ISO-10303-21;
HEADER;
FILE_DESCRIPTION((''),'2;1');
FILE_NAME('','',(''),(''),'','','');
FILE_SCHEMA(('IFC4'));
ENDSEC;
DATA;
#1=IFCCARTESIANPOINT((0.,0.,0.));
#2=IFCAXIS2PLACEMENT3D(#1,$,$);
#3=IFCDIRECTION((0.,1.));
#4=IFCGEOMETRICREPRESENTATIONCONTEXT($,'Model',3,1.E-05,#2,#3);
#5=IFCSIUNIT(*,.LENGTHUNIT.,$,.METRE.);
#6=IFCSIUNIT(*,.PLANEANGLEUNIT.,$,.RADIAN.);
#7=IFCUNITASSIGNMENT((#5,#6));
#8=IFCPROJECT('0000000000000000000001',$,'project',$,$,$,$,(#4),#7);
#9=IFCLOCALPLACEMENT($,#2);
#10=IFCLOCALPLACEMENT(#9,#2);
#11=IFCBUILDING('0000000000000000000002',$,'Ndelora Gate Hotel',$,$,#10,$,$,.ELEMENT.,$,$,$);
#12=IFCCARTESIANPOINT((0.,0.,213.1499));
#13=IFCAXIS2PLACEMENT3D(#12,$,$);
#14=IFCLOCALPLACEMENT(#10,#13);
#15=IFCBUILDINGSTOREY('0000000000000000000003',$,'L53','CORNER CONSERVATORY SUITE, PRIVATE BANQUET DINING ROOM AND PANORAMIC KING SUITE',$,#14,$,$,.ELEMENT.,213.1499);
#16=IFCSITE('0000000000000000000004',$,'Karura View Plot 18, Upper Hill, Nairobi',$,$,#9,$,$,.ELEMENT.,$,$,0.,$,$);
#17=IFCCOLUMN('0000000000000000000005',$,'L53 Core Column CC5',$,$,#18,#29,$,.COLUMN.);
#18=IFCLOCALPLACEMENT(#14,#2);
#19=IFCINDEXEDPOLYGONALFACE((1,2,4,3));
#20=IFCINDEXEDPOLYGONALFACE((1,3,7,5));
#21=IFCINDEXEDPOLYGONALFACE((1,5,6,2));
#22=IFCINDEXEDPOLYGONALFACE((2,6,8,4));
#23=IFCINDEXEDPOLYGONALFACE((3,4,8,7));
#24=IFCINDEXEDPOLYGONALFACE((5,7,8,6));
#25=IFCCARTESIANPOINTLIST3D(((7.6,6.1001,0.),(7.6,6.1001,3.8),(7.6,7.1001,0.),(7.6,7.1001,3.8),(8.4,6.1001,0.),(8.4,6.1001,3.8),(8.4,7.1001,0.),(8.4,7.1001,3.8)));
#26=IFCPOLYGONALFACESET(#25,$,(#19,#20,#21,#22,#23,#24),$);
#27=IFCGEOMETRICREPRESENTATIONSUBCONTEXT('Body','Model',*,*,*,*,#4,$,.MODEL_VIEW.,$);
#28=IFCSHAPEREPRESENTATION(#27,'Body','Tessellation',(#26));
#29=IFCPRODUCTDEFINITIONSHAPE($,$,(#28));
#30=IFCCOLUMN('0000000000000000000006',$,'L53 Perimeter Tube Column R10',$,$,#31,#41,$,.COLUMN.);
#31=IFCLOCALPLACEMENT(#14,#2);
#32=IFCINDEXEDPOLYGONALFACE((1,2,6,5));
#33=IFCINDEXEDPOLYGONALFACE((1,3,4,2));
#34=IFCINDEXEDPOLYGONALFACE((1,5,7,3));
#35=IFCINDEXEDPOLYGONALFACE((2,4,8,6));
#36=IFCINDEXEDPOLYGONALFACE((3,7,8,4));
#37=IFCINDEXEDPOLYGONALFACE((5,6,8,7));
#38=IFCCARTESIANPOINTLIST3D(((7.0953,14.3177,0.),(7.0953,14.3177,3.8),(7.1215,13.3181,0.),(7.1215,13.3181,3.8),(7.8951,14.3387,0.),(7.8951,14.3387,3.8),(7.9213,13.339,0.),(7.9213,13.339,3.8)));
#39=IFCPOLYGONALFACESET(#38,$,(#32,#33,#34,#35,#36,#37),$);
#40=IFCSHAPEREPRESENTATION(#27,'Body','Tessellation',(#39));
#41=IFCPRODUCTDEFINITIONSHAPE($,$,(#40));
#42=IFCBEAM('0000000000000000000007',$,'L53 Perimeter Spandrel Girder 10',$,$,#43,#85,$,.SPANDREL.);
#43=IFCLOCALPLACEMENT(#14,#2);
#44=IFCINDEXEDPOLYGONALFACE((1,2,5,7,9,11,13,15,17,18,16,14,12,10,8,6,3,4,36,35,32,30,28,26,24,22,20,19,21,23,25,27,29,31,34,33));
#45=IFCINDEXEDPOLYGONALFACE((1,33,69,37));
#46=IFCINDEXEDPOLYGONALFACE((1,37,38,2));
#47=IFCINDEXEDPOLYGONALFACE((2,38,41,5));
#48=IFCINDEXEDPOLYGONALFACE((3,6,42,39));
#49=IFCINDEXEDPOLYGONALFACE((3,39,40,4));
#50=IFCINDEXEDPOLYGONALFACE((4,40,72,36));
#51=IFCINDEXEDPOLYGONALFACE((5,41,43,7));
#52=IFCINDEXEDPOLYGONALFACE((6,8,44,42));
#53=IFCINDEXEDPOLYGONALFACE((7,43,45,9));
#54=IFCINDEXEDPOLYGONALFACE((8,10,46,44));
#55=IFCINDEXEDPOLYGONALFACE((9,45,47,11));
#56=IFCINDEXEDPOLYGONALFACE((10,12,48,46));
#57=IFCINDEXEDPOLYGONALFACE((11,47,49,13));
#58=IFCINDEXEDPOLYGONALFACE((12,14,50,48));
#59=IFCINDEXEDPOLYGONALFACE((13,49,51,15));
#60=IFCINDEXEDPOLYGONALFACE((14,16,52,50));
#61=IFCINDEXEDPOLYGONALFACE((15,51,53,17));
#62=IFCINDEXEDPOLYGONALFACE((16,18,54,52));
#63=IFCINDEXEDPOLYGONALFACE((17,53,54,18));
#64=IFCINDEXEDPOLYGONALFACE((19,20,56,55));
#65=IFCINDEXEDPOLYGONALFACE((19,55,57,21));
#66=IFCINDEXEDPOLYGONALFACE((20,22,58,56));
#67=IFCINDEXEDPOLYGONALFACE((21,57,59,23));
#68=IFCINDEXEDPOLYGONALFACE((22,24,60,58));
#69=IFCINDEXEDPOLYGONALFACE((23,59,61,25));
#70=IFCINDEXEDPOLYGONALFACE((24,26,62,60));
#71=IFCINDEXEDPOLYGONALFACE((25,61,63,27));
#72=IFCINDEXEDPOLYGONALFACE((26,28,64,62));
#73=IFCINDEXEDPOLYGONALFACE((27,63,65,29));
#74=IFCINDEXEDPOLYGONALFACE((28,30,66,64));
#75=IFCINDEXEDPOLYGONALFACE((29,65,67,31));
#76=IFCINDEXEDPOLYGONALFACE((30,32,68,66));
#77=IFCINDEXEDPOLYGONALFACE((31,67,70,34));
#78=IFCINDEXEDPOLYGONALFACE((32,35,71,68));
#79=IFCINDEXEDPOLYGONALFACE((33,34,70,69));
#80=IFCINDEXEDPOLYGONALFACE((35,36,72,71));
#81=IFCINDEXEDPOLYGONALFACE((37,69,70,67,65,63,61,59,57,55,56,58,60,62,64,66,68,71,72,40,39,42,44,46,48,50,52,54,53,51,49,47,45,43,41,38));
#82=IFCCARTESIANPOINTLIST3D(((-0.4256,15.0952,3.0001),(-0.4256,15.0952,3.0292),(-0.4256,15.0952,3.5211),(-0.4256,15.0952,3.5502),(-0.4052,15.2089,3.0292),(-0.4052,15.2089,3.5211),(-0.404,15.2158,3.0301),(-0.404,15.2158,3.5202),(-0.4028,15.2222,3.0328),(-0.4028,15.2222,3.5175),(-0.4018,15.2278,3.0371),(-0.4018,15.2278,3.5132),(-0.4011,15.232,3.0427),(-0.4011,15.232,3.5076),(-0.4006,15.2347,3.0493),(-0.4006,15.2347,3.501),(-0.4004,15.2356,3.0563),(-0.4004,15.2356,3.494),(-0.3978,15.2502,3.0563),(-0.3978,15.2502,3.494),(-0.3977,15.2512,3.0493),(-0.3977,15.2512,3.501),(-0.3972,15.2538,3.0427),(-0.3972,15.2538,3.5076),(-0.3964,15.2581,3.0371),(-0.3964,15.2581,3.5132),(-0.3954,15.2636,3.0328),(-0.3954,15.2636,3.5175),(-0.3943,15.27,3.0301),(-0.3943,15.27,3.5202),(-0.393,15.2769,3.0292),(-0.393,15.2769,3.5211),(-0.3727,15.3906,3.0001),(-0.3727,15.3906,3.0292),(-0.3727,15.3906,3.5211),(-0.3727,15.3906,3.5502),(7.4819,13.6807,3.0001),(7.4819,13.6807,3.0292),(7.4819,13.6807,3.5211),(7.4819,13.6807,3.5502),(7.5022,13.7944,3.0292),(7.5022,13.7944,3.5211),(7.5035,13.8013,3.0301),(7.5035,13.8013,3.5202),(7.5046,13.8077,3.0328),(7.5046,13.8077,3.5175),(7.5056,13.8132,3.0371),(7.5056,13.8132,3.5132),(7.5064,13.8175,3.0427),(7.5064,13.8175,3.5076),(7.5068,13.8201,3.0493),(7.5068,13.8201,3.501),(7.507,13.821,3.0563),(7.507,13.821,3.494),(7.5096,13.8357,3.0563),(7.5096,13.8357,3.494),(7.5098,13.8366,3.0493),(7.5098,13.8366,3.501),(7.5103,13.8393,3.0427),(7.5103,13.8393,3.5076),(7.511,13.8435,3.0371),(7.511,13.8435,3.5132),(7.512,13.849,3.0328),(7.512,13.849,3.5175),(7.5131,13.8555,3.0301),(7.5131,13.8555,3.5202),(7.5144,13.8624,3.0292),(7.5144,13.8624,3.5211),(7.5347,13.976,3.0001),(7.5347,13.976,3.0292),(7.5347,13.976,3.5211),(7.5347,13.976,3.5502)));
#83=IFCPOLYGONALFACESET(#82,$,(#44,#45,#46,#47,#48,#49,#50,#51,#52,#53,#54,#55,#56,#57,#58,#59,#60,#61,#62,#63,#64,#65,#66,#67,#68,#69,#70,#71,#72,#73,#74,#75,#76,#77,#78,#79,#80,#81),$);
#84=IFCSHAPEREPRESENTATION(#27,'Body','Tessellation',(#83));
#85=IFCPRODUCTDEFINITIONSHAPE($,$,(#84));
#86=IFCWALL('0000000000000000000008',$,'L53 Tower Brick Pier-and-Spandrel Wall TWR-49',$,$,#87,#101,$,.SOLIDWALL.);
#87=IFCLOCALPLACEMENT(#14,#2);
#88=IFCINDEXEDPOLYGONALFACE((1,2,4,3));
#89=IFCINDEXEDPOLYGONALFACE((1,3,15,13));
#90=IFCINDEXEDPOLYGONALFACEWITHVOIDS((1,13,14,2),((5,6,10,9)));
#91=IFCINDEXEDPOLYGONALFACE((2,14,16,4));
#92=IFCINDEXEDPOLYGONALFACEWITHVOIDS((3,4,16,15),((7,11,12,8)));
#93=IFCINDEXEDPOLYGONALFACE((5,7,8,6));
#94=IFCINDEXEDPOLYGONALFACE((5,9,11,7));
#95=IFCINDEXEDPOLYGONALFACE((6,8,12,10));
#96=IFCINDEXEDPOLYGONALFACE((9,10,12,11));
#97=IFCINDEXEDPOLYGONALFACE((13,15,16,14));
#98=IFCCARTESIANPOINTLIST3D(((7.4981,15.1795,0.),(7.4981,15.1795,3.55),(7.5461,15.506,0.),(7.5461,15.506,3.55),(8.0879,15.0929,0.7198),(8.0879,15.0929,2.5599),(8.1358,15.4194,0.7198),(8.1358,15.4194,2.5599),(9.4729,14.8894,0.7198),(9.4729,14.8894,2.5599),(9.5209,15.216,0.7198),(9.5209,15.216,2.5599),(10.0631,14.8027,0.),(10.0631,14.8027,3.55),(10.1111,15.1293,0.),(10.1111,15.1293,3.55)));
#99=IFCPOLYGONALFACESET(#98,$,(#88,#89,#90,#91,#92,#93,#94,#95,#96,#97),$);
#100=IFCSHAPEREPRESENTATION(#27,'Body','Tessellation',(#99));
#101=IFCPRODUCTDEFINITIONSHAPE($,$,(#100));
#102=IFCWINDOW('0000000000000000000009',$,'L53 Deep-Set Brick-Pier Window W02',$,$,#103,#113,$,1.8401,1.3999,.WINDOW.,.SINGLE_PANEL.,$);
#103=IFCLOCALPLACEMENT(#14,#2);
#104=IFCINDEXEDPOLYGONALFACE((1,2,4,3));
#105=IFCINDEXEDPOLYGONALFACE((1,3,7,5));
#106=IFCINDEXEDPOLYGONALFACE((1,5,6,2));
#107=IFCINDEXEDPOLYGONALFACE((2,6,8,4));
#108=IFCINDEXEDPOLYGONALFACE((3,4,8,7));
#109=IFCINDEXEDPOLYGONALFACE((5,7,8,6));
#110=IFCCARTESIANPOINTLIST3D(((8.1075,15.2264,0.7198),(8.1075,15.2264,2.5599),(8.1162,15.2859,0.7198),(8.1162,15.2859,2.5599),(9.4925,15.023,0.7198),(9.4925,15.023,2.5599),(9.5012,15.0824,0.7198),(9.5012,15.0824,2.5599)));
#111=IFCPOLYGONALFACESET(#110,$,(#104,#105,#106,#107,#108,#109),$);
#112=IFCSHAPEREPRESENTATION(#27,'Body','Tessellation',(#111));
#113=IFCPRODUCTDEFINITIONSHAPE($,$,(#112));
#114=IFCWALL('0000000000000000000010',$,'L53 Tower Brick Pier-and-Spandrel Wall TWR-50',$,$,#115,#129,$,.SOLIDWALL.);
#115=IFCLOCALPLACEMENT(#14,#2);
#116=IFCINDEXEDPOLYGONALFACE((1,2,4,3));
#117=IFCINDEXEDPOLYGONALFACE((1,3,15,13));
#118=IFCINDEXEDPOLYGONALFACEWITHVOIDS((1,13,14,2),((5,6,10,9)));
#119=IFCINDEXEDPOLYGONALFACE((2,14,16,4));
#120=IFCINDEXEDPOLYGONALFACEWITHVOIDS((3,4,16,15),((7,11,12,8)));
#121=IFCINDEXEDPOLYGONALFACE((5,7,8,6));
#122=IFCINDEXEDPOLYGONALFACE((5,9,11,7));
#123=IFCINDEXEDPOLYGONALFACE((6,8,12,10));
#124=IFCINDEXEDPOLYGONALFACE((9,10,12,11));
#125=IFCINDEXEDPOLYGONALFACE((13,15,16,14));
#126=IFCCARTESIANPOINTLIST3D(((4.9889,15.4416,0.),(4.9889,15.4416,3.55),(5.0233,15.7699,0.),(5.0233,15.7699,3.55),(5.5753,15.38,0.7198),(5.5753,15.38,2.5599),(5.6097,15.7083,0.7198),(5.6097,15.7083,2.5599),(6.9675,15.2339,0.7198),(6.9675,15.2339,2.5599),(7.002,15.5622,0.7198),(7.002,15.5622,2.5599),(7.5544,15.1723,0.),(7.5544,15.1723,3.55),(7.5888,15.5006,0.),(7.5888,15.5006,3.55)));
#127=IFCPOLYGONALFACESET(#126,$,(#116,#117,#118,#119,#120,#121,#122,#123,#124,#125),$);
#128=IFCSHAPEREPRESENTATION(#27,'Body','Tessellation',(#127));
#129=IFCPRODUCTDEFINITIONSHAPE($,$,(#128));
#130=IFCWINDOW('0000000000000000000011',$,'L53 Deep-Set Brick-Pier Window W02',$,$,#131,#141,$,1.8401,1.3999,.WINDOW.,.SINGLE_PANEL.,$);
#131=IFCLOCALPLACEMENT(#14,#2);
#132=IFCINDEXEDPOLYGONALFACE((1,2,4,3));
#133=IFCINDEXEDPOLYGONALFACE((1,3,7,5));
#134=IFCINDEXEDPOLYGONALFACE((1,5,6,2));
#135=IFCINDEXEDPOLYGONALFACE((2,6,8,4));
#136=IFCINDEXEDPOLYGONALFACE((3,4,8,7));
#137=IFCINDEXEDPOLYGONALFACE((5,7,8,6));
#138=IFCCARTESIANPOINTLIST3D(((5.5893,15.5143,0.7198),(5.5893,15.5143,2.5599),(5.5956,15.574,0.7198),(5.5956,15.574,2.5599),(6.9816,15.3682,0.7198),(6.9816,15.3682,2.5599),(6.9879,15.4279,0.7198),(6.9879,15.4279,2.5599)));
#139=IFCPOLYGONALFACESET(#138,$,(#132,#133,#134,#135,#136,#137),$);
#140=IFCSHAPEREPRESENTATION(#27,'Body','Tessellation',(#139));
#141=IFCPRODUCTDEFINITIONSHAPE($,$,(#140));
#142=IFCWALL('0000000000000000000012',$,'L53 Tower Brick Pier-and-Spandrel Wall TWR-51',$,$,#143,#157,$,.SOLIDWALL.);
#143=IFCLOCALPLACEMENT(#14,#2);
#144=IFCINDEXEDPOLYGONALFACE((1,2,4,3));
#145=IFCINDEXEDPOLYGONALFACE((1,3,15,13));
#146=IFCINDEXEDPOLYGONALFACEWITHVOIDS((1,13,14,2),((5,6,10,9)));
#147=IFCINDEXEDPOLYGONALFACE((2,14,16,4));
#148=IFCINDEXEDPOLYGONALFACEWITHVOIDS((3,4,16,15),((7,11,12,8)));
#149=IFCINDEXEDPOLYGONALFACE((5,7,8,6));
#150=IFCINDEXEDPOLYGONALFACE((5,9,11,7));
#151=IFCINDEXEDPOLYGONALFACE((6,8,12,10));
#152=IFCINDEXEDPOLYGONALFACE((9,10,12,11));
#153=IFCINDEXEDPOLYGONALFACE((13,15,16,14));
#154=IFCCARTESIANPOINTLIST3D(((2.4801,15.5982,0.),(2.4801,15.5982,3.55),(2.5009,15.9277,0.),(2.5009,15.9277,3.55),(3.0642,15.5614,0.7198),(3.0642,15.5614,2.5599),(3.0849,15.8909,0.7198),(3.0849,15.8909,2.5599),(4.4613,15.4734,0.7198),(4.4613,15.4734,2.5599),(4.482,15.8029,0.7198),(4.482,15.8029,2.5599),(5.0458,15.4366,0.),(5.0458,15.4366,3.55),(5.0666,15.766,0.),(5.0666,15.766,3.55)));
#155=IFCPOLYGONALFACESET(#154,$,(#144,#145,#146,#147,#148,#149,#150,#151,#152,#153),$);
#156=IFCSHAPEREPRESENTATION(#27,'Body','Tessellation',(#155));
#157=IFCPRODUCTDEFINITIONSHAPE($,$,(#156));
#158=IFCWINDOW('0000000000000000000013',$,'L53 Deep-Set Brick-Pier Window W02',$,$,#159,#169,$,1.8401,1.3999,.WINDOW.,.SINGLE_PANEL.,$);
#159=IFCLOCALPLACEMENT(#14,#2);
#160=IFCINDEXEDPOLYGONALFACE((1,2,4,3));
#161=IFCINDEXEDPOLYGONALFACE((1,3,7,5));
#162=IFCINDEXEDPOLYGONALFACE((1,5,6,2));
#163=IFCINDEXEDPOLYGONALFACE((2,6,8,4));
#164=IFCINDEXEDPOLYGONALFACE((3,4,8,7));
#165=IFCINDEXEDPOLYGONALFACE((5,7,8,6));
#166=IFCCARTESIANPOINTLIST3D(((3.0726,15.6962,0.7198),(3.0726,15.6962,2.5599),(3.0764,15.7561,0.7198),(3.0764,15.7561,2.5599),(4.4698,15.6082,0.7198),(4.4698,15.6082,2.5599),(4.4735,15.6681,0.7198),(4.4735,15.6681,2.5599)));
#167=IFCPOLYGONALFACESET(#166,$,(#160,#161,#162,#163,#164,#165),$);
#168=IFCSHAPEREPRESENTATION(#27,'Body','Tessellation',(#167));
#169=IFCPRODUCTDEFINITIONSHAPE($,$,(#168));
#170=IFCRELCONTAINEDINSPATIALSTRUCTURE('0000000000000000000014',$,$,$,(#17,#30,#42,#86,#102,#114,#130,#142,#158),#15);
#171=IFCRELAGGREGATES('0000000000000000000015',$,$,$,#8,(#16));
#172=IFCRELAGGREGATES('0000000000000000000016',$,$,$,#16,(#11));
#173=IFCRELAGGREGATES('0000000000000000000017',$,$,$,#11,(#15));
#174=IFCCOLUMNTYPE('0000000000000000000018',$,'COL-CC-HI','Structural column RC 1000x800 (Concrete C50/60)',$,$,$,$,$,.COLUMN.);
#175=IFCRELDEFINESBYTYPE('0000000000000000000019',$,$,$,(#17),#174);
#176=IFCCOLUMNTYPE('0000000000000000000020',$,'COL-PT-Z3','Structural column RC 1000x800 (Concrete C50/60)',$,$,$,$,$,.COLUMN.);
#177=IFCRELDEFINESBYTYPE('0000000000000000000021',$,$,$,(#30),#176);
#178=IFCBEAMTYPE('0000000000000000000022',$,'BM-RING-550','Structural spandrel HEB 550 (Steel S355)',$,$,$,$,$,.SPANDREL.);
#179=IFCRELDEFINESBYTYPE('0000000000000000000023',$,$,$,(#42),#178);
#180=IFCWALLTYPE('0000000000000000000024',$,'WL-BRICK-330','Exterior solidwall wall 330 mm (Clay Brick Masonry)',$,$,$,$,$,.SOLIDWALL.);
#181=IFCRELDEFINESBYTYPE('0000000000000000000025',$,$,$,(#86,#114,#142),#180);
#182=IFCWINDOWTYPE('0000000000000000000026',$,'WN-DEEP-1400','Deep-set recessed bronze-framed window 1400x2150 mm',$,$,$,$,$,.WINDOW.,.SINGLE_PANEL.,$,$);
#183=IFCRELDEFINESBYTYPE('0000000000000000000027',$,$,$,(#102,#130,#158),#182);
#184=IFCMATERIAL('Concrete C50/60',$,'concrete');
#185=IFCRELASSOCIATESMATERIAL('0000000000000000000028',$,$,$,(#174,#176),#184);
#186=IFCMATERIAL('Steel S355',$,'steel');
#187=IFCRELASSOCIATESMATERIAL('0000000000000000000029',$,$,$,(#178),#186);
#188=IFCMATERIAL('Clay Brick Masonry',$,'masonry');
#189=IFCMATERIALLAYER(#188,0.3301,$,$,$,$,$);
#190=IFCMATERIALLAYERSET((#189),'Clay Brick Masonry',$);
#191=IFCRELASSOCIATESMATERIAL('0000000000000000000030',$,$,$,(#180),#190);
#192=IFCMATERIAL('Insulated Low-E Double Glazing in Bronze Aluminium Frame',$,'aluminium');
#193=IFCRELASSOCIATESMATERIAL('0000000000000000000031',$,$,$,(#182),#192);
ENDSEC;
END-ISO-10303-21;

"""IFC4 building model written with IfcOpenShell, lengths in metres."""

from ifc_helpers import new_model, si_unit, direction, frame, frame_2d, origin, origin_2d, place, context, subcontext, project, spatial, rectangle, i_section, extrude, material, layer, layer_set, material_profile, profile_set, type_object, element, fill, save


model = new_model("IFC4")

# Units and contexts
model_context = context("Model", 3, precision=1e-05, world=origin(), true_north=direction((0.0, 1.0)))
body_context = subcontext(model_context, "Body", "Model", "MODEL_VIEW")
ifc_project = project(units=[si_unit("LENGTHUNIT", "METRE"), si_unit("PLANEANGLEUNIT", "RADIAN")], contexts=[model_context])

# Site, building, storey
site_placement = place(None, origin())
site = spatial("IfcSite", under=ifc_project, at=site_placement, Name="Karura View Plot 18, Upper Hill, Nairobi", CompositionType="ELEMENT", RefElevation=0.0)
building_placement = place(site_placement, origin())
building = spatial("IfcBuilding", under=site, at=building_placement, Name="Ndelora Gate Hotel", CompositionType="ELEMENT")
storey_placement = place(building_placement, frame((0.0, 0.0, 213.1499)))
storey = spatial("IfcBuildingStorey", under=building, at=storey_placement, Name="L53", Description="CORNER CONSERVATORY SUITE, PRIVATE BANQUET DINING ROOM AND PANORAMIC KING SUITE", CompositionType="ELEMENT", Elevation=213.1499)

# Columns
ifc_material_1 = material(Name="Concrete C50/60", Category="concrete")
ifc_material_profile_1 = material_profile(ifc_material_1, rectangle(XDim=0.8, YDim=1.0, at=origin_2d()), Name="RC 1000x800")
ifc_profile_set_1 = profile_set([ifc_material_profile_1], Name="Concrete C50/60")
column_type_1 = type_object("IfcColumnType", Name="COL-CC-HI", Description="Structural column RC 1000x800 (Concrete C50/60)", PredefinedType="COLUMN", material=ifc_profile_set_1)
column_1_placement = place(storey_placement, frame((8.0, 6.6001, 0.0), z_axis=(0.0, 0.0, 1.0), x_axis=(1.0, 0.0, 0.0)))
element("IfcColumn", 1, at=column_1_placement, inside=storey, type_object=column_type_1, Name="L53 Core Column CC5", PredefinedType="COLUMN", context=body_context, shape_type="SweptSolid", body=[
    extrude(rectangle(XDim=0.8, YDim=1.0, at=origin_2d()), origin(), (0.0, 0.0, 1.0), 3.8),
])
ifc_material_profile_2 = material_profile(ifc_material_1, rectangle(XDim=0.8, YDim=1.0, at=origin_2d()), Name="RC 1000x800")
ifc_profile_set_2 = profile_set([ifc_material_profile_2], Name="Concrete C50/60")
column_type_2 = type_object("IfcColumnType", Name="COL-PT-Z3", Description="Structural column RC 1000x800 (Concrete C50/60)", PredefinedType="COLUMN", material=ifc_profile_set_2)
column_2_placement = place(storey_placement, frame((7.5083, 13.8284, 0.0), z_axis=(0.0, 0.0, 1.0), x_axis=(0.999657, 0.026177, 0.0)))
element("IfcColumn", 2, at=column_2_placement, inside=storey, type_object=column_type_2, Name="L53 Perimeter Tube Column R10", PredefinedType="COLUMN", context=body_context, shape_type="SweptSolid", body=[
    extrude(rectangle(XDim=0.8, YDim=1.0, at=origin_2d()), origin(), (0.0, 0.0, 1.0), 3.8),
])

# Beam
ifc_material_2 = material(Name="Steel S355", Category="steel")
ifc_material_profile_3 = material_profile(ifc_material_2, i_section(OverallWidth=0.3, OverallDepth=0.55, WebThickness=0.0149, FlangeThickness=0.0291, FilletRadius=0.0271, at=origin_2d()), Name="HEB 550")
ifc_profile_set_3 = profile_set([ifc_material_profile_3], Name="Steel S355")
beam_type = type_object("IfcBeamType", Name="BM-RING-550", Description="Structural spandrel HEB 550 (Steel S355)", PredefinedType="SPANDREL", material=ifc_profile_set_3)
beam_placement = place(storey_placement, frame((7.5083, 13.8284, 3.2751), z_axis=(-0.984374, 0.176093, 0.0), x_axis=(-0.176093, -0.984374, 0.0)))
element("IfcBeam", 3, at=beam_placement, inside=storey, type_object=beam_type, Name="L53 Perimeter Spandrel Girder 10", PredefinedType="SPANDREL", context=body_context, shape_type="SweptSolid", body=[
    extrude(i_section(OverallWidth=0.3, OverallDepth=0.55, WebThickness=0.0149, FlangeThickness=0.0291, FilletRadius=0.0271, at=origin_2d()), origin(), (0.0, 0.0, 1.0), 8.033),
])

# Walls, openings, windows
ifc_material_3 = material(Name="Clay Brick Masonry", Category="masonry")
ifc_layer_1 = layer(ifc_material_3, 0.3301)
ifc_layer_set_1 = layer_set([ifc_layer_1], Name="Clay Brick Masonry")
wall_type_1 = type_object("IfcWallType", Name="WL-BRICK-330", Description="Exterior solidwall wall 330 mm (Clay Brick Masonry)", PredefinedType="SOLIDWALL", material=ifc_layer_set_1)
wall_1_placement = place(storey_placement, frame((7.522, 15.3428, 0.0), z_axis=(0.0, 0.0, 1.0), x_axis=(0.989386, -0.14531, 0.0)))
wall_1 = element("IfcWall", 4, at=wall_1_placement, inside=storey, type_object=wall_type_1, Name="L53 Tower Brick Pier-and-Spandrel Wall TWR-49", PredefinedType="SOLIDWALL", context=body_context, shape_type="SweptSolid", body=[
    extrude(rectangle(XDim=2.5925, YDim=0.3301, at=frame_2d((1.2964, 0.0))), origin(), (0.0, 0.0, 1.0), 3.55),
])
opening_1_placement = place(wall_1_placement, frame((0.5962, 0.0, 0.72)))
opening_1 = element("IfcOpeningElement", 5, at=opening_1_placement, cuts=wall_1, PredefinedType="OPENING", context=body_context, shape_type="SweptSolid", body=[
    extrude(rectangle(XDim=1.3999, YDim=1.8401, at=frame_2d((0.7, 0.9199))), frame((0.0, 0.175, 0.0), z_axis=(0.0, -1.0, 0.0), x_axis=(1.0, 0.0, 0.0)), (0.0, 0.0, 1.0), 0.3501),
])
ifc_material_4 = material(Name="Insulated Low-E Double Glazing in Bronze Aluminium Frame", Category="aluminium")
window_type = type_object("IfcWindowType", Name="WN-DEEP-1400", Description="Deep-set recessed bronze-framed window 1400x2150 mm", PartitioningType="SINGLE_PANEL", PredefinedType="WINDOW", material=ifc_material_4)
window_1_placement = place(opening_1_placement, origin())
window_1 = element("IfcWindow", 6, at=window_1_placement, inside=storey, type_object=window_type, Name="L53 Deep-Set Brick-Pier Window W02", OverallHeight=1.8401, OverallWidth=1.3999, PartitioningType="SINGLE_PANEL", PredefinedType="WINDOW", context=body_context, shape_type="SweptSolid", body=[
    extrude(rectangle(XDim=1.3999, YDim=1.8401, at=frame_2d((0.7, 0.9199))), frame((0.0, 0.03, 0.0), z_axis=(0.0, -1.0, 0.0), x_axis=(1.0, 0.0, 0.0)), (0.0, 0.0, 1.0), 0.0601),
])
fill(opening_1, window_1)
wall_2_placement = place(storey_placement, frame((5.0061, 15.6057, 0.0), z_axis=(0.0, 0.0, 1.0), x_axis=(0.994536, -0.104394, 0.0)))
wall_2 = element("IfcWall", 7, at=wall_2_placement, inside=storey, type_object=wall_type_1, Name="L53 Tower Brick Pier-and-Spandrel Wall TWR-50", PredefinedType="SOLIDWALL", context=body_context, shape_type="SweptSolid", body=[
    extrude(rectangle(XDim=2.5796, YDim=0.3301, at=frame_2d((1.2898, 0.0))), origin(), (0.0, 0.0, 1.0), 3.55),
])
opening_2_placement = place(wall_2_placement, frame((0.5896, 0.0, 0.72)))
opening_2 = element("IfcOpeningElement", 8, at=opening_2_placement, cuts=wall_2, PredefinedType="OPENING", context=body_context, shape_type="SweptSolid", body=[
    extrude(rectangle(XDim=1.3999, YDim=1.8401, at=frame_2d((0.7, 0.9199))), frame((0.0, 0.175, 0.0), z_axis=(0.0, -1.0, 0.0), x_axis=(1.0, 0.0, 0.0)), (0.0, 0.0, 1.0), 0.3501),
])
window_2_placement = place(opening_2_placement, origin())
window_2 = element("IfcWindow", 9, at=window_2_placement, inside=storey, type_object=window_type, Name="L53 Deep-Set Brick-Pier Window W02", OverallHeight=1.8401, OverallWidth=1.3999, PartitioningType="SINGLE_PANEL", PredefinedType="WINDOW", context=body_context, shape_type="SweptSolid", body=[
    extrude(rectangle(XDim=1.3999, YDim=1.8401, at=frame_2d((0.7, 0.9199))), frame((0.0, 0.03, 0.0), z_axis=(0.0, -1.0, 0.0), x_axis=(1.0, 0.0, 0.0)), (0.0, 0.0, 1.0), 0.0601),
])
fill(opening_2, window_2)
wall_3_placement = place(storey_placement, frame((2.4905, 15.7629, 0.0), z_axis=(0.0, 0.0, 1.0), x_axis=(0.998022, -0.062869, 0.0)))
wall_3 = element("IfcWall", 10, at=wall_3_placement, inside=storey, type_object=wall_type_1, Name="L53 Tower Brick Pier-and-Spandrel Wall TWR-51", PredefinedType="SOLIDWALL", context=body_context, shape_type="SweptSolid", body=[
    extrude(rectangle(XDim=2.5708, YDim=0.3301, at=frame_2d((1.2854, 0.0))), origin(), (0.0, 0.0, 1.0), 3.55),
])
opening_3_placement = place(wall_3_placement, frame((0.5852, 0.0, 0.72)))
opening_3 = element("IfcOpeningElement", 11, at=opening_3_placement, cuts=wall_3, PredefinedType="OPENING", context=body_context, shape_type="SweptSolid", body=[
    extrude(rectangle(XDim=1.3999, YDim=1.8401, at=frame_2d((0.7, 0.9199))), frame((0.0, 0.175, 0.0), z_axis=(0.0, -1.0, 0.0), x_axis=(1.0, 0.0, 0.0)), (0.0, 0.0, 1.0), 0.3501),
])
window_3_placement = place(opening_3_placement, origin())
window_3 = element("IfcWindow", 12, at=window_3_placement, inside=storey, type_object=window_type, Name="L53 Deep-Set Brick-Pier Window W02", OverallHeight=1.8401, OverallWidth=1.3999, PartitioningType="SINGLE_PANEL", PredefinedType="WINDOW", context=body_context, shape_type="SweptSolid", body=[
    extrude(rectangle(XDim=1.3999, YDim=1.8401, at=frame_2d((0.7, 0.9199))), frame((0.0, 0.03, 0.0), z_axis=(0.0, -1.0, 0.0), x_axis=(1.0, 0.0, 0.0)), (0.0, 0.0, 1.0), 0.0601),
])
fill(opening_3, window_3)

save(model, "model.ifc")
